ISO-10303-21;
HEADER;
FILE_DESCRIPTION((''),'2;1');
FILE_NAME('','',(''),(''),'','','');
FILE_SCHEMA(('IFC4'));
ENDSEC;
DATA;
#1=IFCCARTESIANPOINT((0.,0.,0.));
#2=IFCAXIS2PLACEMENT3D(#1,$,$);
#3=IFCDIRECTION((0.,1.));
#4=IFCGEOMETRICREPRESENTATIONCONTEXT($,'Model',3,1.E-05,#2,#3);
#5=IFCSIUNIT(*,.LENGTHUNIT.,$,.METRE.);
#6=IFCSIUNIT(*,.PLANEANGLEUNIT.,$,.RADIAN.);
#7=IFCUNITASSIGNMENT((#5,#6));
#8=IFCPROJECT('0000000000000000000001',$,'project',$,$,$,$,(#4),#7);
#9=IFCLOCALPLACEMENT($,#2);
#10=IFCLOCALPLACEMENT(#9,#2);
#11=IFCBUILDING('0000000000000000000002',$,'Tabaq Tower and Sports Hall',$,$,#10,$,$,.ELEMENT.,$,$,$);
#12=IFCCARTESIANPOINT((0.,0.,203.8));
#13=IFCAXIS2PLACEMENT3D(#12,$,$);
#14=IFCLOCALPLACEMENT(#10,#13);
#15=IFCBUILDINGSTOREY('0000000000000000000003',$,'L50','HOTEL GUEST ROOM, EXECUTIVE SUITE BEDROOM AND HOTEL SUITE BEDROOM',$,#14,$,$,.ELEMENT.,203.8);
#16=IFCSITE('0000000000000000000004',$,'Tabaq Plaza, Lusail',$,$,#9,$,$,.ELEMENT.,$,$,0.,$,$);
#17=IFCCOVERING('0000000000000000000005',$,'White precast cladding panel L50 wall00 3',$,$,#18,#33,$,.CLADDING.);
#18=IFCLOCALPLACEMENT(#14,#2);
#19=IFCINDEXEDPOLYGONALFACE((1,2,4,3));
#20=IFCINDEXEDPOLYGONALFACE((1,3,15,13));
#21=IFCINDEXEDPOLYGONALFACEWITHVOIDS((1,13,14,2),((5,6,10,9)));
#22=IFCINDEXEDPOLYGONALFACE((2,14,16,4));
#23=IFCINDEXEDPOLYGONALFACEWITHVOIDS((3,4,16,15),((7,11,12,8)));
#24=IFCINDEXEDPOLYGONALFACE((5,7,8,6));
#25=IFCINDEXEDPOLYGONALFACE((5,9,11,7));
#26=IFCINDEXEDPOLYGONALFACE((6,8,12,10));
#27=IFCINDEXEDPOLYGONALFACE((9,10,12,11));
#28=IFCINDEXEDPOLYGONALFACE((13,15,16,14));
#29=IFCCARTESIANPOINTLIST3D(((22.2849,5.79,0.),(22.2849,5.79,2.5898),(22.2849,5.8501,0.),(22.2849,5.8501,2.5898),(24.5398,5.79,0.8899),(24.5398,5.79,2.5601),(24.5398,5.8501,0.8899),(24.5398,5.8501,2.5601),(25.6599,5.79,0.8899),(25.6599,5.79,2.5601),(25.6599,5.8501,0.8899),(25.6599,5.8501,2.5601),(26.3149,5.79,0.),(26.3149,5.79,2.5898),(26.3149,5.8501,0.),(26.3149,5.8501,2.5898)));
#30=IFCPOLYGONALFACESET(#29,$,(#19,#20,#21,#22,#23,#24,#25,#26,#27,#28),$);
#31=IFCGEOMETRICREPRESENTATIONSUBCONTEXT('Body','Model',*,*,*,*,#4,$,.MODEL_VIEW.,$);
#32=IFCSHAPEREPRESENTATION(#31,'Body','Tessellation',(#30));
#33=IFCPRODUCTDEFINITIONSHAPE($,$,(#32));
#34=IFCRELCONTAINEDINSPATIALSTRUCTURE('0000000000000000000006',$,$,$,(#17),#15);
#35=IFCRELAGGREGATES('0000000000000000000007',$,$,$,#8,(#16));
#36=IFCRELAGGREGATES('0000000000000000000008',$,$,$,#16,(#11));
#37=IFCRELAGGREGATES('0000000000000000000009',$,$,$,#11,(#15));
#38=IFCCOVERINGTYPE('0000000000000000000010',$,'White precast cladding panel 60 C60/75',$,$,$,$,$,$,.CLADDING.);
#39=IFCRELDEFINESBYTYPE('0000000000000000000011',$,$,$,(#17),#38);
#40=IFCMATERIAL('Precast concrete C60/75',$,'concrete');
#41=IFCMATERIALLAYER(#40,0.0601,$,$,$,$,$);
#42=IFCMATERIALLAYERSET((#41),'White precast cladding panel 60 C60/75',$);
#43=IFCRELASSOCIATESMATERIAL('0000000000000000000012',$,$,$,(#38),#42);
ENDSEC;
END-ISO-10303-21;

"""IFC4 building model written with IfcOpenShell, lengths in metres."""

from ifc_helpers import new_model, si_unit, direction, frame, origin, place, context, subcontext, project, spatial, polyline, outline, extrude, material, layer, layer_set, type_object, element, save


model = new_model("IFC4")

# Units and contexts
model_context = context("Model", 3, precision=1e-05, world=origin(), true_north=direction((0.0, 1.0)))
body_context = subcontext(model_context, "Body", "Model", "MODEL_VIEW")
ifc_project = project(units=[si_unit("LENGTHUNIT", "METRE"), si_unit("PLANEANGLEUNIT", "RADIAN")], contexts=[model_context])

# Site, building, storey
site_placement = place(None, origin())
site = spatial("IfcSite", under=ifc_project, at=site_placement, Name="Tabaq Plaza, Lusail", CompositionType="ELEMENT", RefElevation=0.0)
building_placement = place(site_placement, origin())
building = spatial("IfcBuilding", under=site, at=building_placement, Name="Tabaq Tower and Sports Hall", CompositionType="ELEMENT")
storey_placement = place(building_placement, frame((0.0, 0.0, 203.8)))
storey = spatial("IfcBuildingStorey", under=building, at=storey_placement, Name="L50", Description="HOTEL GUEST ROOM, EXECUTIVE SUITE BEDROOM AND HOTEL SUITE BEDROOM", CompositionType="ELEMENT", Elevation=203.8)

# Covering
ifc_material_1 = material(Name="Precast concrete C60/75", Category="concrete")
ifc_layer_1 = layer(ifc_material_1, 0.0601)
ifc_layer_set_1 = layer_set([ifc_layer_1], Name="White precast cladding panel 60 C60/75")
covering_type = type_object("IfcCoveringType", Name="White precast cladding panel 60 C60/75", PredefinedType="CLADDING", material=ifc_layer_set_1)
covering_1_placement = place(storey_placement, frame((22.2849, 5.8201, 0.0), z_axis=(0.0, 0.0, 1.0), x_axis=(1.0, 0.0, 0.0)))
element("IfcCovering", 1, at=covering_1_placement, inside=storey, type_object=covering_type, Name="White precast cladding panel L50 wall00 3", PredefinedType="CLADDING", context=body_context, shape_type="SweptSolid", body=[
    extrude(outline(polyline([(0.0, 0.0), (4.03, 0.0), (4.03, 2.5898), (0.0, 2.5898), (0.0, 0.0)]), holes=[polyline([(3.375, 0.8899), (2.2549, 0.8899), (2.2549, 2.5601), (3.375, 2.5601), (3.375, 0.8899)])]), frame((0.0, 0.03, 0.0), z_axis=(0.0, -1.0, 0.0), x_axis=(1.0, 0.0, 0.0)), (0.0, 0.0, 1.0), 0.0601),
])

save(model, "model.ifc")
